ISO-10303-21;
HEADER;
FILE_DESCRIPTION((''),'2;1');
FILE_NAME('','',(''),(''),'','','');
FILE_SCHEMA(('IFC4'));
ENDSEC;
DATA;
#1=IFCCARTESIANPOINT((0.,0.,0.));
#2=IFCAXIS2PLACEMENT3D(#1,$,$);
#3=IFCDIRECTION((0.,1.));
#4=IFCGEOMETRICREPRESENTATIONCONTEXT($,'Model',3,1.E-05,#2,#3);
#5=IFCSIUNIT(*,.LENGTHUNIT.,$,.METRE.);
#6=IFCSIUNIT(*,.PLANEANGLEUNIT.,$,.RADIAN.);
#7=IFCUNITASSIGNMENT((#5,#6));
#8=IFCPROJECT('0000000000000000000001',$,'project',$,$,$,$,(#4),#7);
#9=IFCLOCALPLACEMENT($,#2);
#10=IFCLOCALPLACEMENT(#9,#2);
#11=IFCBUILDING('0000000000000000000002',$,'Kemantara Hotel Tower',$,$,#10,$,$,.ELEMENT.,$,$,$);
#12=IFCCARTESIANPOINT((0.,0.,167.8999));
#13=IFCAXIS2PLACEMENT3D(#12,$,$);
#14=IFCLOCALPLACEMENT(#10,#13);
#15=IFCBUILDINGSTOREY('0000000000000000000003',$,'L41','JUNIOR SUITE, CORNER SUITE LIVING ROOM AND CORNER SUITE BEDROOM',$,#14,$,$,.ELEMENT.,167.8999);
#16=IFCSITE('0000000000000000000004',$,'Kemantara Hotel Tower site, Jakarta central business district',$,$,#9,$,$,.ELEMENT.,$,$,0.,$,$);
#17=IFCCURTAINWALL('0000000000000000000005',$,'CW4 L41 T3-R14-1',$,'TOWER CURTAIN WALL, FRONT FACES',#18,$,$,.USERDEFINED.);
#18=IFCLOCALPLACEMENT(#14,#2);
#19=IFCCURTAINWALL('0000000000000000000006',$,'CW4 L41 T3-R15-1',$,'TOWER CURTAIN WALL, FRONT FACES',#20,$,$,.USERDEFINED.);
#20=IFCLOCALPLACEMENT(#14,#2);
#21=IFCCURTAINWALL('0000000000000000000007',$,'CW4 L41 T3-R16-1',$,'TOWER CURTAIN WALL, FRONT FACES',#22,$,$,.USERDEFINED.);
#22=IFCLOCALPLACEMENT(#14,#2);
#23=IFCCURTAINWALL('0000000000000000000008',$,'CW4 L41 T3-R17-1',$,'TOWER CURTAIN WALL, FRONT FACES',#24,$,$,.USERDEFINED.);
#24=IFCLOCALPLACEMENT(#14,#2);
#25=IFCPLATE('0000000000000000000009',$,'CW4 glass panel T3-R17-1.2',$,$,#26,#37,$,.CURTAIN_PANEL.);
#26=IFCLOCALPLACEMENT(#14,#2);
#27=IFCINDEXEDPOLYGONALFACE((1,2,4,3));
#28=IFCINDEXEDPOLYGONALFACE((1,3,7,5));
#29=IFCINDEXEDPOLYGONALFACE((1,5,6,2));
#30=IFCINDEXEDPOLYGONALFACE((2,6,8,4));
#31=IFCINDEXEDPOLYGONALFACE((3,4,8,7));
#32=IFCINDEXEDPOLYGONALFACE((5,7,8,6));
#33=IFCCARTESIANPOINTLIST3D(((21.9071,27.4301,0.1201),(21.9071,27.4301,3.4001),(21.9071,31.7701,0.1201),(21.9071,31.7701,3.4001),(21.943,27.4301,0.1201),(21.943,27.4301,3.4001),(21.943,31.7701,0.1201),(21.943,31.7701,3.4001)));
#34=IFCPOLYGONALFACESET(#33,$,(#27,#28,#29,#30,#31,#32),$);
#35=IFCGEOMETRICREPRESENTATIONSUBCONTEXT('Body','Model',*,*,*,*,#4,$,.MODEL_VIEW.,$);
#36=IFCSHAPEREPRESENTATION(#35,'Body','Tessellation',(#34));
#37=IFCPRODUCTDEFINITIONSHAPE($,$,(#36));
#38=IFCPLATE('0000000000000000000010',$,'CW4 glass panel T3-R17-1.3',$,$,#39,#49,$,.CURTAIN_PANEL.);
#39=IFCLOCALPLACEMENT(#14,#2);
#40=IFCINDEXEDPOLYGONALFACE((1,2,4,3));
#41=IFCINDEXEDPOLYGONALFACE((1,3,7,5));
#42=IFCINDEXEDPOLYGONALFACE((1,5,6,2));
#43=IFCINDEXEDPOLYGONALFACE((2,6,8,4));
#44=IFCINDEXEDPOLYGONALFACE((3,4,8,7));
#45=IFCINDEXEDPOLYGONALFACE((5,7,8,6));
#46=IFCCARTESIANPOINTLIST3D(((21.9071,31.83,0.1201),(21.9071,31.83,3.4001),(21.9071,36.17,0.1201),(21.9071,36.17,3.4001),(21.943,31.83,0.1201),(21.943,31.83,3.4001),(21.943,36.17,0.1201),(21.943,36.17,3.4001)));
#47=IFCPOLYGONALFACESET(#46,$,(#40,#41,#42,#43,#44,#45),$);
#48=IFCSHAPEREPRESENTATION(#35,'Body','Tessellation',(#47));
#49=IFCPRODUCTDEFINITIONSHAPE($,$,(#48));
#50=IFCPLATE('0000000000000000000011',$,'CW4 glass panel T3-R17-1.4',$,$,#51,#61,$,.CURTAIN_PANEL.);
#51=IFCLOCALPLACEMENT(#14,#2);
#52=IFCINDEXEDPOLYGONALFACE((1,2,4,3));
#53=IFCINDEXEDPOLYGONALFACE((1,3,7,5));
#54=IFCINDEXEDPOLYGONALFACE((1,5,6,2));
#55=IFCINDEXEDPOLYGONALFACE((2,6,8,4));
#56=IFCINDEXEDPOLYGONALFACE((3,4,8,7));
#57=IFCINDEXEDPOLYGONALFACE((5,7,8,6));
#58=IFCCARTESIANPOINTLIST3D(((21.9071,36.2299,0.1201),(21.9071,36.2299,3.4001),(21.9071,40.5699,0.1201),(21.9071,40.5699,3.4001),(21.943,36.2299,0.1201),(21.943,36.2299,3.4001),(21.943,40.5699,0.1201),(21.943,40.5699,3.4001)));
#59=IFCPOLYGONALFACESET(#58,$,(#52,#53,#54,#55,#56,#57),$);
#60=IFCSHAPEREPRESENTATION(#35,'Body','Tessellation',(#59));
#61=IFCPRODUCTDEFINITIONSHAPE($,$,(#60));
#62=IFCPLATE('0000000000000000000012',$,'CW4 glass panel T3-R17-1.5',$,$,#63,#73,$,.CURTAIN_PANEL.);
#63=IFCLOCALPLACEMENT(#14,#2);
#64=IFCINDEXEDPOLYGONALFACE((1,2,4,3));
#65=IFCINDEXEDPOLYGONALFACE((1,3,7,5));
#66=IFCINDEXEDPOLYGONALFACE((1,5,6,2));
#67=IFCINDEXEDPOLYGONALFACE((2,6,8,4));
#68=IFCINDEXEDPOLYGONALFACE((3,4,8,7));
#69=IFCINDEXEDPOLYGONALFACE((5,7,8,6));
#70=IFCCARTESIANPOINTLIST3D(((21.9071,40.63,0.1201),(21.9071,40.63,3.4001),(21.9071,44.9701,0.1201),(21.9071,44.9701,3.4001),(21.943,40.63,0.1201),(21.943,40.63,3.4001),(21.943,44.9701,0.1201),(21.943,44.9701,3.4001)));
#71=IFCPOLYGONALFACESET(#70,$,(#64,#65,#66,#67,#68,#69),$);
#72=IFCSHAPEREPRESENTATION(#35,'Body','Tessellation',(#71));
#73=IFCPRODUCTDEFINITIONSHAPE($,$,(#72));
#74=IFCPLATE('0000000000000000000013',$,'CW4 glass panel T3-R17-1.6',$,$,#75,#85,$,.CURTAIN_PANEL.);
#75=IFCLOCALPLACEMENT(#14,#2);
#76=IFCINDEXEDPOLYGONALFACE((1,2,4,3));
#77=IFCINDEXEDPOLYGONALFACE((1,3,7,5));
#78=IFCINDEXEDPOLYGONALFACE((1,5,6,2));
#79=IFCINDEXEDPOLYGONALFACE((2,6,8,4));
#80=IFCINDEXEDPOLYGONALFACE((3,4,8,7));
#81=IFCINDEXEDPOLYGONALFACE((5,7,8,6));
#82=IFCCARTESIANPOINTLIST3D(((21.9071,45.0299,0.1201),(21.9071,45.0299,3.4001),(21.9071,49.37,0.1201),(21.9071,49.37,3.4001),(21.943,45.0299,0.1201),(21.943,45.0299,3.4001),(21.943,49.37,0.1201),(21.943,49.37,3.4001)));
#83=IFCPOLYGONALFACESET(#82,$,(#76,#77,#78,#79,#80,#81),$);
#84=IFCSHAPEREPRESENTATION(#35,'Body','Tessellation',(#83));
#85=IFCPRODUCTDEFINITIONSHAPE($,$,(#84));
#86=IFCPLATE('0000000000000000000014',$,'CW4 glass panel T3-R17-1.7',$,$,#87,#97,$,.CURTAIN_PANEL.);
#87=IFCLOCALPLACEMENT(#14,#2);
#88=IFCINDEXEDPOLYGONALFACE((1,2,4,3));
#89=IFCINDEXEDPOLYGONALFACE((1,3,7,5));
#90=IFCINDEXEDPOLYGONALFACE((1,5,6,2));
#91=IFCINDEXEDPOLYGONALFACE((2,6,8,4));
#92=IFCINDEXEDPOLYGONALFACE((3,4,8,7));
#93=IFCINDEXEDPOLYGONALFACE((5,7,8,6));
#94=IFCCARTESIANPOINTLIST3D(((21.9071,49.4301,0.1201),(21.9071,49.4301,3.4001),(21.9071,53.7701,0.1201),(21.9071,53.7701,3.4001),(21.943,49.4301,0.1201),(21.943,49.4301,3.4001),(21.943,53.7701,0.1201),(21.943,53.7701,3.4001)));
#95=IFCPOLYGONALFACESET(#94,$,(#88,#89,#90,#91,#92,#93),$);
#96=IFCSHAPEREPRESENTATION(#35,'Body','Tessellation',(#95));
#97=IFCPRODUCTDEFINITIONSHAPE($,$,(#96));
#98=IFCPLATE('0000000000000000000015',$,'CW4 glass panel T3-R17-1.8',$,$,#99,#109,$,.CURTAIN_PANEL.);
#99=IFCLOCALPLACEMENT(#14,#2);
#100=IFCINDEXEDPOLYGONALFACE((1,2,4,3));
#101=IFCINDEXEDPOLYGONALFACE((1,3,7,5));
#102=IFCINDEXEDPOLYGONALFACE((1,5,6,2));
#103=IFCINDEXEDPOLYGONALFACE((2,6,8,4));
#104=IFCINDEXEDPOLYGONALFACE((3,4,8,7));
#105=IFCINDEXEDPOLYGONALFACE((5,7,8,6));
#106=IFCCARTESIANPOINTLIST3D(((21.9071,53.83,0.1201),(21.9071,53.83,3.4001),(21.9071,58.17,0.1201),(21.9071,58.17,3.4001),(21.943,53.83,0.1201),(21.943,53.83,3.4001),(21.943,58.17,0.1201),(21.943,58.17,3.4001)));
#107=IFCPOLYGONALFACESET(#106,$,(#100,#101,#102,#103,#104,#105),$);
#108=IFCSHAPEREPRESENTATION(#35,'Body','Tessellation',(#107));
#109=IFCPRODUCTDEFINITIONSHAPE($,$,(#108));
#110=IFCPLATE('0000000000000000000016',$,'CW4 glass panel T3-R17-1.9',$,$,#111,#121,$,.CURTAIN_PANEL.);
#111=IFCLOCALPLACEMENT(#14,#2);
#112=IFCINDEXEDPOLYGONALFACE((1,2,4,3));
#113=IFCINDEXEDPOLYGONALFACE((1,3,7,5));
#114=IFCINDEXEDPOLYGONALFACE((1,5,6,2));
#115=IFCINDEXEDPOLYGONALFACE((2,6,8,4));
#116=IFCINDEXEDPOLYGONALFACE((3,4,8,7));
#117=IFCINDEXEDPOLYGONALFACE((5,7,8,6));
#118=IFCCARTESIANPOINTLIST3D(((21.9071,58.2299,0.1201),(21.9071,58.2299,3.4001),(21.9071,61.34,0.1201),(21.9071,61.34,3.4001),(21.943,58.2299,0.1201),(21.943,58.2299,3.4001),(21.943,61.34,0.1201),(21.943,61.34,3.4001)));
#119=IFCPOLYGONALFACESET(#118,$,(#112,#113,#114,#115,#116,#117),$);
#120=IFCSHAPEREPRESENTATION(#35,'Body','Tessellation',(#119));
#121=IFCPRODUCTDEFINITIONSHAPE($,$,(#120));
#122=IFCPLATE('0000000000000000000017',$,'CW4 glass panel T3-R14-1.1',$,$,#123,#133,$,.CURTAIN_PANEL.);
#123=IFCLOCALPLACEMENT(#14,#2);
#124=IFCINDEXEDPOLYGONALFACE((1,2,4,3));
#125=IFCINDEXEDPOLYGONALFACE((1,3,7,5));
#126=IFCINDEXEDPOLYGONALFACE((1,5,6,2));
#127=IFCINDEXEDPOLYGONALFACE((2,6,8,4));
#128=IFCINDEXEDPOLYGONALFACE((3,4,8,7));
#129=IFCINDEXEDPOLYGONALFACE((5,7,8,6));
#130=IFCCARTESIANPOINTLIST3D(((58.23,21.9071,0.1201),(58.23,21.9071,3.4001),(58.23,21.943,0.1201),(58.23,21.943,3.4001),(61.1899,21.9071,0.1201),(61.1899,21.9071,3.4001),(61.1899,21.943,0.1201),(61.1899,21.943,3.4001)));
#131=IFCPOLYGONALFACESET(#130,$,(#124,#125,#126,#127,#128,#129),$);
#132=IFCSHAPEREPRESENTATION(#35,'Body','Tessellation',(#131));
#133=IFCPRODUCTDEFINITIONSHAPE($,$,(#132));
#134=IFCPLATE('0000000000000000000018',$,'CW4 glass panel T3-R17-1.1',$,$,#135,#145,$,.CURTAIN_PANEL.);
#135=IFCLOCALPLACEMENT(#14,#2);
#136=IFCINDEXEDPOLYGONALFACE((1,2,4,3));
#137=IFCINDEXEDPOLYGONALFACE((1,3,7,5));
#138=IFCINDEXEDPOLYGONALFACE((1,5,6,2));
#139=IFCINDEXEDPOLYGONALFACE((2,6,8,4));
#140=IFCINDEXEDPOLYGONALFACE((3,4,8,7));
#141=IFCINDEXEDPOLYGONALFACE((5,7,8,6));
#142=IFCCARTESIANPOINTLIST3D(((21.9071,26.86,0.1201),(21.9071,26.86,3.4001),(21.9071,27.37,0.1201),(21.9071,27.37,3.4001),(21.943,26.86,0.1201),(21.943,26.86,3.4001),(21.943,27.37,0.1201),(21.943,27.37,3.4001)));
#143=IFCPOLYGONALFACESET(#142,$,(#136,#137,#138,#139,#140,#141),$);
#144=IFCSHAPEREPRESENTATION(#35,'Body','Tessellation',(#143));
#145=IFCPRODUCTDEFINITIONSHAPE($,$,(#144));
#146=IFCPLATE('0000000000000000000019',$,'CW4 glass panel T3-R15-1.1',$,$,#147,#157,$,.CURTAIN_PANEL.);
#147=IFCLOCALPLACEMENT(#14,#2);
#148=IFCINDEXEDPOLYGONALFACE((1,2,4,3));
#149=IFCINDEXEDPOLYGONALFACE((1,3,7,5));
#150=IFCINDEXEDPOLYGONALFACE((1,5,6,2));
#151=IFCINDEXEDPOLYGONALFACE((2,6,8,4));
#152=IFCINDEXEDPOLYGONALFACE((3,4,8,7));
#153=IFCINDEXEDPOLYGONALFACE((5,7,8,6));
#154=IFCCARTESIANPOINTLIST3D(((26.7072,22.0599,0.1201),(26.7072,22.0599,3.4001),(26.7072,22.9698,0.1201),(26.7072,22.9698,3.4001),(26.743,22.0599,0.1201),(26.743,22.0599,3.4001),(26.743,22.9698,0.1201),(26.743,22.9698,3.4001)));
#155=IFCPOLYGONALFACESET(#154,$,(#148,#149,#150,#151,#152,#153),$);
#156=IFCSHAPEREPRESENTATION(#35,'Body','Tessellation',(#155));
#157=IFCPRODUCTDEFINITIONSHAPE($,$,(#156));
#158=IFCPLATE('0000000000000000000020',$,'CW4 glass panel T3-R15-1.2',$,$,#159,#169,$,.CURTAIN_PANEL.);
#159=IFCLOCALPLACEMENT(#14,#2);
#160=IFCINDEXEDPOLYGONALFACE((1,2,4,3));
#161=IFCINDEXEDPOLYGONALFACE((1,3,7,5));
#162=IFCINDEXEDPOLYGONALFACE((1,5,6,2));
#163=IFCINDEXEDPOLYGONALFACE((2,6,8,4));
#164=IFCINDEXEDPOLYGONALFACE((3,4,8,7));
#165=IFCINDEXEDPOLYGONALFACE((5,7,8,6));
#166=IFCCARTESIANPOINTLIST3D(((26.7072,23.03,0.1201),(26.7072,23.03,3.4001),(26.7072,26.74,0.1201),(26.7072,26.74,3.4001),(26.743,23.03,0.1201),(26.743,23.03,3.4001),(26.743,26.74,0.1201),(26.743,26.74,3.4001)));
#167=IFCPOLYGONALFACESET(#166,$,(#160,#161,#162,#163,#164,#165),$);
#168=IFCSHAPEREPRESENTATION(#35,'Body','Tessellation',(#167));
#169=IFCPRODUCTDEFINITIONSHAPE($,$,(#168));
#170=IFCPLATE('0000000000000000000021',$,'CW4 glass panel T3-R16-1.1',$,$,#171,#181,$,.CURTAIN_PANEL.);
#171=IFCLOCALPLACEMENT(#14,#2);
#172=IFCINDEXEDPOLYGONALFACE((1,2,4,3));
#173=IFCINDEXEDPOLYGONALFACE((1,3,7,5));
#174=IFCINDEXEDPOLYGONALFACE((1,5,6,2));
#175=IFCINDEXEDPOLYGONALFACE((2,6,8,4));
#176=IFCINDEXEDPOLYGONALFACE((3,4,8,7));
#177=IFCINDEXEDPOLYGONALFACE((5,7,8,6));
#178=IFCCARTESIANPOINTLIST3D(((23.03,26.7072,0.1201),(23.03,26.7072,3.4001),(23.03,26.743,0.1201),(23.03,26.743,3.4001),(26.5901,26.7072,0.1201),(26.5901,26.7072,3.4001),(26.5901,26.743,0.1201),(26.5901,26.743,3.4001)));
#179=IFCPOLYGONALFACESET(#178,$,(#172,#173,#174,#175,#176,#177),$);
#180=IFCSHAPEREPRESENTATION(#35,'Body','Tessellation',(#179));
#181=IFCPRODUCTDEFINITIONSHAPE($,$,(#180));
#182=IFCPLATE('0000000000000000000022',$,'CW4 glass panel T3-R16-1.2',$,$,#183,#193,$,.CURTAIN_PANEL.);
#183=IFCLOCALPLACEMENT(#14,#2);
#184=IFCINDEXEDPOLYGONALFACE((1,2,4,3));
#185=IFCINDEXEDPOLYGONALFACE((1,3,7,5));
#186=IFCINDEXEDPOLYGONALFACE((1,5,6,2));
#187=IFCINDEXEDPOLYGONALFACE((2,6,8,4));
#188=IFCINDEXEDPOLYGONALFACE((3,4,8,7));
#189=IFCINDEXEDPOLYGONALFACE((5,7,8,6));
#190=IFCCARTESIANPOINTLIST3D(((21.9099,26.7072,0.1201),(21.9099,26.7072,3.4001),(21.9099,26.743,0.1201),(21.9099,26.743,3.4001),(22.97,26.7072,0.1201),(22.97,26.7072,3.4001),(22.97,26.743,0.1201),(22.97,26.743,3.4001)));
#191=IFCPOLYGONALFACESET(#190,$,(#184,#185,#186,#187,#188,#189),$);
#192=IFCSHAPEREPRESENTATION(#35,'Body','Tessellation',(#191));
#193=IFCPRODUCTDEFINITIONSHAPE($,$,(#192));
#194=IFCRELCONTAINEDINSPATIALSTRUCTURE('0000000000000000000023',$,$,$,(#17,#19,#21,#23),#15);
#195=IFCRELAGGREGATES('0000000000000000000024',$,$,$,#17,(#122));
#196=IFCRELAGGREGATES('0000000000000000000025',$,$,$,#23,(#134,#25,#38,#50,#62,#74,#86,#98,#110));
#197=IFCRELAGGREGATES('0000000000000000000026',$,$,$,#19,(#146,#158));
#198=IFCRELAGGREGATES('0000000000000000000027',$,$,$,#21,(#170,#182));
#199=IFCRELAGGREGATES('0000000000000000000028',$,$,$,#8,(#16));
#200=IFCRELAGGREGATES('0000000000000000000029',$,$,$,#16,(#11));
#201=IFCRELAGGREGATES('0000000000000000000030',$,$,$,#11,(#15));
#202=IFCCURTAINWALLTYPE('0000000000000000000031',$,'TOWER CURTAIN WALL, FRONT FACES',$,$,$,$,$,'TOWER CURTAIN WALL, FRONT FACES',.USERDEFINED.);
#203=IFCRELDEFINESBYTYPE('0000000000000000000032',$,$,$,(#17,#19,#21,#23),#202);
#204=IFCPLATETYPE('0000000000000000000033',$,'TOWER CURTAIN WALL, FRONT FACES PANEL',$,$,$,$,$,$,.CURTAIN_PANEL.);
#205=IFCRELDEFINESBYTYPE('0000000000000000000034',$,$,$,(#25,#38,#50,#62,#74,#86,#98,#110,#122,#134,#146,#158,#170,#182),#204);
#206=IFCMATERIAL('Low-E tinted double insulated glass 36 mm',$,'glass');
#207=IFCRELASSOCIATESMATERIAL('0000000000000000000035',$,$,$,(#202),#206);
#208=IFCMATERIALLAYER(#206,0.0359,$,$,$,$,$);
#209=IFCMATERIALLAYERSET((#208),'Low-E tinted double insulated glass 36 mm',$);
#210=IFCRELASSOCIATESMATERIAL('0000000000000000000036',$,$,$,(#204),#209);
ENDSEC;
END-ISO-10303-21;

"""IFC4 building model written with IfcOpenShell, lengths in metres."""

from ifc_helpers import new_model, si_unit, direction, frame, origin, origin_2d, place, context, subcontext, project, spatial, rectangle, extrude, source, transform, mapped, material, layer, layer_set, type_object, element, aggregate, save


model = new_model("IFC4")

# Units and contexts
model_context = context("Model", 3, precision=1e-05, world=origin(), true_north=direction((0.0, 1.0)))
body_context = subcontext(model_context, "Body", "Model", "MODEL_VIEW")
ifc_project = project(units=[si_unit("LENGTHUNIT", "METRE"), si_unit("PLANEANGLEUNIT", "RADIAN")], contexts=[model_context])

# Site, building, storey
site_placement = place(None, origin())
site = spatial("IfcSite", under=ifc_project, at=site_placement, Name="Kemantara Hotel Tower site, Jakarta central business district", CompositionType="ELEMENT", RefElevation=0.0)
building_placement = place(site_placement, origin())
building = spatial("IfcBuilding", under=site, at=building_placement, Name="Kemantara Hotel Tower", CompositionType="ELEMENT")
storey_placement = place(building_placement, frame((0.0, 0.0, 167.8999)))
storey = spatial("IfcBuildingStorey", under=building, at=storey_placement, Name="L41", Description="JUNIOR SUITE, CORNER SUITE LIVING ROOM AND CORNER SUITE BEDROOM", CompositionType="ELEMENT", Elevation=167.8999)

# Curtain walls
ifc_material_1 = material(Name="Low-E tinted double insulated glass 36 mm", Category="glass")
curtain_wall_type = type_object("IfcCurtainWallType", Name="TOWER CURTAIN WALL, FRONT FACES", ElementType="TOWER CURTAIN WALL, FRONT FACES", PredefinedType="USERDEFINED", material=ifc_material_1)
curtain_wall_1_placement = place(storey_placement, origin())
curtain_wall_1 = element("IfcCurtainWall", 1, at=curtain_wall_1_placement, inside=storey, type_object=curtain_wall_type, Name="CW4 L41 T3-R14-1", ObjectType="TOWER CURTAIN WALL, FRONT FACES", PredefinedType="USERDEFINED")
curtain_wall_2_placement = place(storey_placement, origin())
curtain_wall_2 = element("IfcCurtainWall", 2, at=curtain_wall_2_placement, inside=storey, type_object=curtain_wall_type, Name="CW4 L41 T3-R15-1", ObjectType="TOWER CURTAIN WALL, FRONT FACES", PredefinedType="USERDEFINED")
curtain_wall_3_placement = place(storey_placement, origin())
curtain_wall_3 = element("IfcCurtainWall", 3, at=curtain_wall_3_placement, inside=storey, type_object=curtain_wall_type, Name="CW4 L41 T3-R16-1", ObjectType="TOWER CURTAIN WALL, FRONT FACES", PredefinedType="USERDEFINED")

# Curtain wall
curtain_wall_4_placement = place(storey_placement, origin())
curtain_wall_4 = element("IfcCurtainWall", 4, at=curtain_wall_4_placement, inside=storey, type_object=curtain_wall_type, Name="CW4 L41 T3-R17-1", ObjectType="TOWER CURTAIN WALL, FRONT FACES", PredefinedType="USERDEFINED")

# Plates
ifc_layer_1 = layer(ifc_material_1, 0.0359)
ifc_layer_set_1 = layer_set([ifc_layer_1], Name="Low-E tinted double insulated glass 36 mm")
plate_type = type_object("IfcPlateType", Name="TOWER CURTAIN WALL, FRONT FACES PANEL", PredefinedType="CURTAIN_PANEL", material=ifc_layer_set_1)
shared_shape_1 = source(origin(), body_context, "Body", "SweptSolid", [
    extrude(rectangle(XDim=4.3401, YDim=0.0359, at=origin_2d()), origin(), (0.0, 0.0, 1.0), 3.28),
])
plate_1_placement = place(storey_placement, frame((21.925, 29.6001, 0.1201), z_axis=(0.0, 0.0, 1.0), x_axis=(0.0, 1.0, 0.0)))
plate_1 = element("IfcPlate", 5, at=plate_1_placement, type_object=plate_type, Name="CW4 glass panel T3-R17-1.2", PredefinedType="CURTAIN_PANEL", context=body_context, shape_type="MappedRepresentation", body=[
    mapped(shared_shape_1, transform((0.0, 0.0, 0.0))),
])
plate_2_placement = place(storey_placement, frame((21.925, 34.0, 0.1201), z_axis=(0.0, 0.0, 1.0), x_axis=(0.0, 1.0, 0.0)))
plate_2 = element("IfcPlate", 6, at=plate_2_placement, type_object=plate_type, Name="CW4 glass panel T3-R17-1.3", PredefinedType="CURTAIN_PANEL", context=body_context, shape_type="MappedRepresentation", body=[
    mapped(shared_shape_1, transform((0.0, 0.0, 0.0))),
])
plate_3_placement = place(storey_placement, frame((21.925, 38.3999, 0.1201), z_axis=(0.0, 0.0, 1.0), x_axis=(0.0, 1.0, 0.0)))
plate_3 = element("IfcPlate", 7, at=plate_3_placement, type_object=plate_type, Name="CW4 glass panel T3-R17-1.4", PredefinedType="CURTAIN_PANEL", context=body_context, shape_type="MappedRepresentation", body=[
    mapped(shared_shape_1, transform((0.0, 0.0, 0.0))),
])
plate_4_placement = place(storey_placement, frame((21.925, 42.8, 0.1201), z_axis=(0.0, 0.0, 1.0), x_axis=(0.0, 1.0, 0.0)))
plate_4 = element("IfcPlate", 8, at=plate_4_placement, type_object=plate_type, Name="CW4 glass panel T3-R17-1.5", PredefinedType="CURTAIN_PANEL", context=body_context, shape_type="MappedRepresentation", body=[
    mapped(shared_shape_1, transform((0.0, 0.0, 0.0))),
])
plate_5_placement = place(storey_placement, frame((21.925, 47.2, 0.1201), z_axis=(0.0, 0.0, 1.0), x_axis=(0.0, 1.0, 0.0)))
plate_5 = element("IfcPlate", 9, at=plate_5_placement, type_object=plate_type, Name="CW4 glass panel T3-R17-1.6", PredefinedType="CURTAIN_PANEL", context=body_context, shape_type="MappedRepresentation", body=[
    mapped(shared_shape_1, transform((0.0, 0.0, 0.0))),
])
plate_6_placement = place(storey_placement, frame((21.925, 51.6001, 0.1201), z_axis=(0.0, 0.0, 1.0), x_axis=(0.0, 1.0, 0.0)))
plate_6 = element("IfcPlate", 10, at=plate_6_placement, type_object=plate_type, Name="CW4 glass panel T3-R17-1.7", PredefinedType="CURTAIN_PANEL", context=body_context, shape_type="MappedRepresentation", body=[
    mapped(shared_shape_1, transform((0.0, 0.0, 0.0))),
])
plate_7_placement = place(storey_placement, frame((21.925, 56.0, 0.1201), z_axis=(0.0, 0.0, 1.0), x_axis=(0.0, 1.0, 0.0)))
plate_7 = element("IfcPlate", 11, at=plate_7_placement, type_object=plate_type, Name="CW4 glass panel T3-R17-1.8", PredefinedType="CURTAIN_PANEL", context=body_context, shape_type="MappedRepresentation", body=[
    mapped(shared_shape_1, transform((0.0, 0.0, 0.0))),
])
shared_shape_2 = source(origin(), body_context, "Body", "SweptSolid", [
    extrude(rectangle(XDim=3.1101, YDim=0.0359, at=origin_2d()), origin(), (0.0, 0.0, 1.0), 3.28),
])
plate_8_placement = place(storey_placement, frame((21.925, 59.7849, 0.1201), z_axis=(0.0, 0.0, 1.0), x_axis=(0.0, 1.0, 0.0)))
plate_8 = element("IfcPlate", 12, at=plate_8_placement, type_object=plate_type, Name="CW4 glass panel T3-R17-1.9", PredefinedType="CURTAIN_PANEL", context=body_context, shape_type="MappedRepresentation", body=[
    mapped(shared_shape_2, transform((0.0, 0.0, 0.0))),
])
shared_shape_3 = source(origin(), body_context, "Body", "SweptSolid", [
    extrude(rectangle(XDim=2.96, YDim=0.0359, at=origin_2d()), origin(), (0.0, 0.0, 1.0), 3.28),
])
plate_9_placement = place(storey_placement, frame((59.71, 21.925, 0.1201), z_axis=(0.0, 0.0, 1.0), x_axis=(-1.0, 0.0, 0.0)))
plate_9 = element("IfcPlate", 13, at=plate_9_placement, type_object=plate_type, Name="CW4 glass panel T3-R14-1.1", PredefinedType="CURTAIN_PANEL", context=body_context, shape_type="MappedRepresentation", body=[
    mapped(shared_shape_3, transform((0.0, 0.0, 0.0))),
])
aggregate(curtain_wall_1, [plate_9])
shared_shape_4 = source(origin(), body_context, "Body", "SweptSolid", [
    extrude(rectangle(XDim=0.51, YDim=0.0359, at=origin_2d()), origin(), (0.0, 0.0, 1.0), 3.28),
])
plate_10_placement = place(storey_placement, frame((21.925, 27.115, 0.1201), z_axis=(0.0, 0.0, 1.0), x_axis=(0.0, 1.0, 0.0)))
plate_10 = element("IfcPlate", 14, at=plate_10_placement, type_object=plate_type, Name="CW4 glass panel T3-R17-1.1", PredefinedType="CURTAIN_PANEL", context=body_context, shape_type="MappedRepresentation", body=[
    mapped(shared_shape_4, transform((0.0, 0.0, 0.0))),
])
aggregate(curtain_wall_4, [plate_10, plate_1, plate_2, plate_3, plate_4, plate_5, plate_6, plate_7, plate_8])
shared_shape_5 = source(origin(), body_context, "Body", "SweptSolid", [
    extrude(rectangle(XDim=0.9099, YDim=0.0359, at=origin_2d()), origin(), (0.0, 0.0, 1.0), 3.28),
])
plate_11_placement = place(storey_placement, frame((26.7251, 22.5149, 0.1201), z_axis=(0.0, 0.0, 1.0), x_axis=(0.0, 1.0, 0.0)))
plate_11 = element("IfcPlate", 15, at=plate_11_placement, type_object=plate_type, Name="CW4 glass panel T3-R15-1.1", PredefinedType="CURTAIN_PANEL", context=body_context, shape_type="MappedRepresentation", body=[
    mapped(shared_shape_5, transform((0.0, 0.0, 0.0))),
])
shared_shape_6 = source(origin(), body_context, "Body", "SweptSolid", [
    extrude(rectangle(XDim=3.71, YDim=0.0359, at=origin_2d()), origin(), (0.0, 0.0, 1.0), 3.28),
])
plate_12_placement = place(storey_placement, frame((26.7251, 24.885, 0.1201), z_axis=(0.0, 0.0, 1.0), x_axis=(0.0, 1.0, 0.0)))
plate_12 = element("IfcPlate", 16, at=plate_12_placement, type_object=plate_type, Name="CW4 glass panel T3-R15-1.2", PredefinedType="CURTAIN_PANEL", context=body_context, shape_type="MappedRepresentation", body=[
    mapped(shared_shape_6, transform((0.0, 0.0, 0.0))),
])
aggregate(curtain_wall_2, [plate_11, plate_12])
shared_shape_7 = source(origin(), body_context, "Body", "SweptSolid", [
    extrude(rectangle(XDim=3.5601, YDim=0.0359, at=origin_2d()), origin(), (0.0, 0.0, 1.0), 3.28),
])
plate_13_placement = place(storey_placement, frame((24.8101, 26.7251, 0.1201), z_axis=(0.0, 0.0, 1.0), x_axis=(-1.0, 0.0, 0.0)))
plate_13 = element("IfcPlate", 17, at=plate_13_placement, type_object=plate_type, Name="CW4 glass panel T3-R16-1.1", PredefinedType="CURTAIN_PANEL", context=body_context, shape_type="MappedRepresentation", body=[
    mapped(shared_shape_7, transform((0.0, 0.0, 0.0))),
])
shared_shape_8 = source(origin(), body_context, "Body", "SweptSolid", [
    extrude(rectangle(XDim=1.0601, YDim=0.0359, at=origin_2d()), origin(), (0.0, 0.0, 1.0), 3.28),
])
plate_14_placement = place(storey_placement, frame((22.4399, 26.7251, 0.1201), z_axis=(0.0, 0.0, 1.0), x_axis=(-1.0, 0.0, 0.0)))
plate_14 = element("IfcPlate", 18, at=plate_14_placement, type_object=plate_type, Name="CW4 glass panel T3-R16-1.2", PredefinedType="CURTAIN_PANEL", context=body_context, shape_type="MappedRepresentation", body=[
    mapped(shared_shape_8, transform((0.0, 0.0, 0.0))),
])
aggregate(curtain_wall_3, [plate_13, plate_14])

save(model, "model.ifc")
